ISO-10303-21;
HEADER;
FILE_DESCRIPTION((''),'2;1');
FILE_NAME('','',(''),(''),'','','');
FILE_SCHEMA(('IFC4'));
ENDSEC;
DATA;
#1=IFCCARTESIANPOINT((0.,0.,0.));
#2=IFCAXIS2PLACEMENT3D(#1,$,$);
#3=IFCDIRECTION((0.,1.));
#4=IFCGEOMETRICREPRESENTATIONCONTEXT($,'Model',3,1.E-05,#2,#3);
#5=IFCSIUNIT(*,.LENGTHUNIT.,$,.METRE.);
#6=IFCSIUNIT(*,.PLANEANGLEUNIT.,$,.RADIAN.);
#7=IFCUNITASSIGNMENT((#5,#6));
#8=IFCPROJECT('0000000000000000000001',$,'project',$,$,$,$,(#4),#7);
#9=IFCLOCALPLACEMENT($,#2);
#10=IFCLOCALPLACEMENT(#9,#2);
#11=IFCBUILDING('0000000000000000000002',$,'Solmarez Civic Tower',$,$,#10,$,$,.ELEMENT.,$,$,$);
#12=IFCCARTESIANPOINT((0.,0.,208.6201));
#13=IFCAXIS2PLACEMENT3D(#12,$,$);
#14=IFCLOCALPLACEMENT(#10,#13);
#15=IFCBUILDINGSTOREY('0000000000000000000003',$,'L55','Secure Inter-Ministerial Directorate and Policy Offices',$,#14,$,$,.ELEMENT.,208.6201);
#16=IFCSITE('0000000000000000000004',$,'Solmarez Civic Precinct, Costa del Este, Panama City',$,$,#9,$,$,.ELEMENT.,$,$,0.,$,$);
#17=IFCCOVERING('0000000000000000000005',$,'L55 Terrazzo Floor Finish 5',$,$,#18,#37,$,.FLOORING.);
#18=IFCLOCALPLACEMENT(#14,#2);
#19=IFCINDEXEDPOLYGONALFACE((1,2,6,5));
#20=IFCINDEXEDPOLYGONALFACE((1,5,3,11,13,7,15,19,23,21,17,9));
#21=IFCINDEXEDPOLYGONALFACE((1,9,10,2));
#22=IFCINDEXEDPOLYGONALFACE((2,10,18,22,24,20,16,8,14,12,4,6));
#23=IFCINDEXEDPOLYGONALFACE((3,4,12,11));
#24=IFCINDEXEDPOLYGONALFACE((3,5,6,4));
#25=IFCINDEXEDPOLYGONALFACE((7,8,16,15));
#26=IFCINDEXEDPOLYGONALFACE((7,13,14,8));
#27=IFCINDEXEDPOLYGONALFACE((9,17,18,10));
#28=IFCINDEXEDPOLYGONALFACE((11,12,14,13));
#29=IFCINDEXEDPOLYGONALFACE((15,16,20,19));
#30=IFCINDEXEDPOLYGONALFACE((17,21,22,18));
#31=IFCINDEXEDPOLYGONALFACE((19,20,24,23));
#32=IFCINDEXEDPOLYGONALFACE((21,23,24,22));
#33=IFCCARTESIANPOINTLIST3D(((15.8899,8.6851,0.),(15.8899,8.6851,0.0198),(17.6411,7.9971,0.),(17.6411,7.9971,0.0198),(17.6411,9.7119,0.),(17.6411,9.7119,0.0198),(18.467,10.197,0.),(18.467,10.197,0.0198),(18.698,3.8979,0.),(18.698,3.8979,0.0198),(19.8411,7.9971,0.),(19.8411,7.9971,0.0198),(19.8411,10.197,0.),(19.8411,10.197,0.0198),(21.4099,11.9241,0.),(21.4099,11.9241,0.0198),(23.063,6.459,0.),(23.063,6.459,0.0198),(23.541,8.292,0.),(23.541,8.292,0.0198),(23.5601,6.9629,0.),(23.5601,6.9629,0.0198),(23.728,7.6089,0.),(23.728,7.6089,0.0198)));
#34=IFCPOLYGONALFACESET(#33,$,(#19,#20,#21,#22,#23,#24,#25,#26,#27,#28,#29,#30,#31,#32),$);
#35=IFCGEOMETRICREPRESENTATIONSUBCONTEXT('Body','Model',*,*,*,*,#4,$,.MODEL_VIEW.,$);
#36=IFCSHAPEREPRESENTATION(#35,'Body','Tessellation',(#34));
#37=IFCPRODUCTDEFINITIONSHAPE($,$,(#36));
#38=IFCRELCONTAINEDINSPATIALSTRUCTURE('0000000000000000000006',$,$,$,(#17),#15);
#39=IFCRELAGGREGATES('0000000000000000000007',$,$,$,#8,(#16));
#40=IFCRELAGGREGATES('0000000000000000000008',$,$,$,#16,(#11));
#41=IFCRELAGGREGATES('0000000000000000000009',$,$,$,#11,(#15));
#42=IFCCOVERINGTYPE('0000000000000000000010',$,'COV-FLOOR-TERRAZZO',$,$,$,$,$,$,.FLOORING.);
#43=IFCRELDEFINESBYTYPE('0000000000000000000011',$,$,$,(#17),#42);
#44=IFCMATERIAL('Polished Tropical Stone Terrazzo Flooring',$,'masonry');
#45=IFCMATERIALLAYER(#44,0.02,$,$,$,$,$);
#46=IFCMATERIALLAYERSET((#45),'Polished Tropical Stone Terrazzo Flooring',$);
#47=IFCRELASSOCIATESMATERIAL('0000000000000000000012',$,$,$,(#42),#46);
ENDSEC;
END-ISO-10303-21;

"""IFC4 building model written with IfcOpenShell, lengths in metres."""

from ifc_helpers import new_model, si_unit, direction, frame, origin, place, context, subcontext, project, spatial, polyline, outline, extrude, material, layer, layer_set, type_object, element, save


model = new_model("IFC4")

# Units and contexts
model_context = context("Model", 3, precision=1e-05, world=origin(), true_north=direction((0.0, 1.0)))
body_context = subcontext(model_context, "Body", "Model", "MODEL_VIEW")
ifc_project = project(units=[si_unit("LENGTHUNIT", "METRE"), si_unit("PLANEANGLEUNIT", "RADIAN")], contexts=[model_context])

# Site, building, storey
site_placement = place(None, origin())
site = spatial("IfcSite", under=ifc_project, at=site_placement, Name="Solmarez Civic Precinct, Costa del Este, Panama City", CompositionType="ELEMENT", RefElevation=0.0)
building_placement = place(site_placement, origin())
building = spatial("IfcBuilding", under=site, at=building_placement, Name="Solmarez Civic Tower", CompositionType="ELEMENT")
storey_placement = place(building_placement, frame((0.0, 0.0, 208.6201)))
storey = spatial("IfcBuildingStorey", under=building, at=storey_placement, Name="L55", Description="Secure Inter-Ministerial Directorate and Policy Offices", CompositionType="ELEMENT", Elevation=208.6201)

# Covering
ifc_material_1 = material(Name="Polished Tropical Stone Terrazzo Flooring", Category="masonry")
ifc_layer_1 = layer(ifc_material_1, 0.02)
ifc_layer_set_1 = layer_set([ifc_layer_1], Name="Polished Tropical Stone Terrazzo Flooring")
covering_type_1 = type_object("IfcCoveringType", Name="COV-FLOOR-TERRAZZO", PredefinedType="FLOORING", material=ifc_layer_set_1)
covering_1_placement = place(storey_placement, origin())
element("IfcCovering", 1, at=covering_1_placement, inside=storey, type_object=covering_type_1, Name="L55 Terrazzo Floor Finish 5", PredefinedType="FLOORING", context=body_context, shape_type="SweptSolid", body=[
    extrude(outline(polyline([(18.698, 3.8979), (23.063, 6.459), (23.5601, 6.9629), (23.728, 7.6089), (23.541, 8.292), (21.4099, 11.9241), (18.467, 10.197), (19.8411, 10.197), (19.8411, 7.9971), (17.6411, 7.9971), (17.6411, 9.7119), (15.8899, 8.6851), (18.698, 3.8979)])), origin(), (0.0, 0.0, 1.0), 0.0198),
])

save(model, "model.ifc")
